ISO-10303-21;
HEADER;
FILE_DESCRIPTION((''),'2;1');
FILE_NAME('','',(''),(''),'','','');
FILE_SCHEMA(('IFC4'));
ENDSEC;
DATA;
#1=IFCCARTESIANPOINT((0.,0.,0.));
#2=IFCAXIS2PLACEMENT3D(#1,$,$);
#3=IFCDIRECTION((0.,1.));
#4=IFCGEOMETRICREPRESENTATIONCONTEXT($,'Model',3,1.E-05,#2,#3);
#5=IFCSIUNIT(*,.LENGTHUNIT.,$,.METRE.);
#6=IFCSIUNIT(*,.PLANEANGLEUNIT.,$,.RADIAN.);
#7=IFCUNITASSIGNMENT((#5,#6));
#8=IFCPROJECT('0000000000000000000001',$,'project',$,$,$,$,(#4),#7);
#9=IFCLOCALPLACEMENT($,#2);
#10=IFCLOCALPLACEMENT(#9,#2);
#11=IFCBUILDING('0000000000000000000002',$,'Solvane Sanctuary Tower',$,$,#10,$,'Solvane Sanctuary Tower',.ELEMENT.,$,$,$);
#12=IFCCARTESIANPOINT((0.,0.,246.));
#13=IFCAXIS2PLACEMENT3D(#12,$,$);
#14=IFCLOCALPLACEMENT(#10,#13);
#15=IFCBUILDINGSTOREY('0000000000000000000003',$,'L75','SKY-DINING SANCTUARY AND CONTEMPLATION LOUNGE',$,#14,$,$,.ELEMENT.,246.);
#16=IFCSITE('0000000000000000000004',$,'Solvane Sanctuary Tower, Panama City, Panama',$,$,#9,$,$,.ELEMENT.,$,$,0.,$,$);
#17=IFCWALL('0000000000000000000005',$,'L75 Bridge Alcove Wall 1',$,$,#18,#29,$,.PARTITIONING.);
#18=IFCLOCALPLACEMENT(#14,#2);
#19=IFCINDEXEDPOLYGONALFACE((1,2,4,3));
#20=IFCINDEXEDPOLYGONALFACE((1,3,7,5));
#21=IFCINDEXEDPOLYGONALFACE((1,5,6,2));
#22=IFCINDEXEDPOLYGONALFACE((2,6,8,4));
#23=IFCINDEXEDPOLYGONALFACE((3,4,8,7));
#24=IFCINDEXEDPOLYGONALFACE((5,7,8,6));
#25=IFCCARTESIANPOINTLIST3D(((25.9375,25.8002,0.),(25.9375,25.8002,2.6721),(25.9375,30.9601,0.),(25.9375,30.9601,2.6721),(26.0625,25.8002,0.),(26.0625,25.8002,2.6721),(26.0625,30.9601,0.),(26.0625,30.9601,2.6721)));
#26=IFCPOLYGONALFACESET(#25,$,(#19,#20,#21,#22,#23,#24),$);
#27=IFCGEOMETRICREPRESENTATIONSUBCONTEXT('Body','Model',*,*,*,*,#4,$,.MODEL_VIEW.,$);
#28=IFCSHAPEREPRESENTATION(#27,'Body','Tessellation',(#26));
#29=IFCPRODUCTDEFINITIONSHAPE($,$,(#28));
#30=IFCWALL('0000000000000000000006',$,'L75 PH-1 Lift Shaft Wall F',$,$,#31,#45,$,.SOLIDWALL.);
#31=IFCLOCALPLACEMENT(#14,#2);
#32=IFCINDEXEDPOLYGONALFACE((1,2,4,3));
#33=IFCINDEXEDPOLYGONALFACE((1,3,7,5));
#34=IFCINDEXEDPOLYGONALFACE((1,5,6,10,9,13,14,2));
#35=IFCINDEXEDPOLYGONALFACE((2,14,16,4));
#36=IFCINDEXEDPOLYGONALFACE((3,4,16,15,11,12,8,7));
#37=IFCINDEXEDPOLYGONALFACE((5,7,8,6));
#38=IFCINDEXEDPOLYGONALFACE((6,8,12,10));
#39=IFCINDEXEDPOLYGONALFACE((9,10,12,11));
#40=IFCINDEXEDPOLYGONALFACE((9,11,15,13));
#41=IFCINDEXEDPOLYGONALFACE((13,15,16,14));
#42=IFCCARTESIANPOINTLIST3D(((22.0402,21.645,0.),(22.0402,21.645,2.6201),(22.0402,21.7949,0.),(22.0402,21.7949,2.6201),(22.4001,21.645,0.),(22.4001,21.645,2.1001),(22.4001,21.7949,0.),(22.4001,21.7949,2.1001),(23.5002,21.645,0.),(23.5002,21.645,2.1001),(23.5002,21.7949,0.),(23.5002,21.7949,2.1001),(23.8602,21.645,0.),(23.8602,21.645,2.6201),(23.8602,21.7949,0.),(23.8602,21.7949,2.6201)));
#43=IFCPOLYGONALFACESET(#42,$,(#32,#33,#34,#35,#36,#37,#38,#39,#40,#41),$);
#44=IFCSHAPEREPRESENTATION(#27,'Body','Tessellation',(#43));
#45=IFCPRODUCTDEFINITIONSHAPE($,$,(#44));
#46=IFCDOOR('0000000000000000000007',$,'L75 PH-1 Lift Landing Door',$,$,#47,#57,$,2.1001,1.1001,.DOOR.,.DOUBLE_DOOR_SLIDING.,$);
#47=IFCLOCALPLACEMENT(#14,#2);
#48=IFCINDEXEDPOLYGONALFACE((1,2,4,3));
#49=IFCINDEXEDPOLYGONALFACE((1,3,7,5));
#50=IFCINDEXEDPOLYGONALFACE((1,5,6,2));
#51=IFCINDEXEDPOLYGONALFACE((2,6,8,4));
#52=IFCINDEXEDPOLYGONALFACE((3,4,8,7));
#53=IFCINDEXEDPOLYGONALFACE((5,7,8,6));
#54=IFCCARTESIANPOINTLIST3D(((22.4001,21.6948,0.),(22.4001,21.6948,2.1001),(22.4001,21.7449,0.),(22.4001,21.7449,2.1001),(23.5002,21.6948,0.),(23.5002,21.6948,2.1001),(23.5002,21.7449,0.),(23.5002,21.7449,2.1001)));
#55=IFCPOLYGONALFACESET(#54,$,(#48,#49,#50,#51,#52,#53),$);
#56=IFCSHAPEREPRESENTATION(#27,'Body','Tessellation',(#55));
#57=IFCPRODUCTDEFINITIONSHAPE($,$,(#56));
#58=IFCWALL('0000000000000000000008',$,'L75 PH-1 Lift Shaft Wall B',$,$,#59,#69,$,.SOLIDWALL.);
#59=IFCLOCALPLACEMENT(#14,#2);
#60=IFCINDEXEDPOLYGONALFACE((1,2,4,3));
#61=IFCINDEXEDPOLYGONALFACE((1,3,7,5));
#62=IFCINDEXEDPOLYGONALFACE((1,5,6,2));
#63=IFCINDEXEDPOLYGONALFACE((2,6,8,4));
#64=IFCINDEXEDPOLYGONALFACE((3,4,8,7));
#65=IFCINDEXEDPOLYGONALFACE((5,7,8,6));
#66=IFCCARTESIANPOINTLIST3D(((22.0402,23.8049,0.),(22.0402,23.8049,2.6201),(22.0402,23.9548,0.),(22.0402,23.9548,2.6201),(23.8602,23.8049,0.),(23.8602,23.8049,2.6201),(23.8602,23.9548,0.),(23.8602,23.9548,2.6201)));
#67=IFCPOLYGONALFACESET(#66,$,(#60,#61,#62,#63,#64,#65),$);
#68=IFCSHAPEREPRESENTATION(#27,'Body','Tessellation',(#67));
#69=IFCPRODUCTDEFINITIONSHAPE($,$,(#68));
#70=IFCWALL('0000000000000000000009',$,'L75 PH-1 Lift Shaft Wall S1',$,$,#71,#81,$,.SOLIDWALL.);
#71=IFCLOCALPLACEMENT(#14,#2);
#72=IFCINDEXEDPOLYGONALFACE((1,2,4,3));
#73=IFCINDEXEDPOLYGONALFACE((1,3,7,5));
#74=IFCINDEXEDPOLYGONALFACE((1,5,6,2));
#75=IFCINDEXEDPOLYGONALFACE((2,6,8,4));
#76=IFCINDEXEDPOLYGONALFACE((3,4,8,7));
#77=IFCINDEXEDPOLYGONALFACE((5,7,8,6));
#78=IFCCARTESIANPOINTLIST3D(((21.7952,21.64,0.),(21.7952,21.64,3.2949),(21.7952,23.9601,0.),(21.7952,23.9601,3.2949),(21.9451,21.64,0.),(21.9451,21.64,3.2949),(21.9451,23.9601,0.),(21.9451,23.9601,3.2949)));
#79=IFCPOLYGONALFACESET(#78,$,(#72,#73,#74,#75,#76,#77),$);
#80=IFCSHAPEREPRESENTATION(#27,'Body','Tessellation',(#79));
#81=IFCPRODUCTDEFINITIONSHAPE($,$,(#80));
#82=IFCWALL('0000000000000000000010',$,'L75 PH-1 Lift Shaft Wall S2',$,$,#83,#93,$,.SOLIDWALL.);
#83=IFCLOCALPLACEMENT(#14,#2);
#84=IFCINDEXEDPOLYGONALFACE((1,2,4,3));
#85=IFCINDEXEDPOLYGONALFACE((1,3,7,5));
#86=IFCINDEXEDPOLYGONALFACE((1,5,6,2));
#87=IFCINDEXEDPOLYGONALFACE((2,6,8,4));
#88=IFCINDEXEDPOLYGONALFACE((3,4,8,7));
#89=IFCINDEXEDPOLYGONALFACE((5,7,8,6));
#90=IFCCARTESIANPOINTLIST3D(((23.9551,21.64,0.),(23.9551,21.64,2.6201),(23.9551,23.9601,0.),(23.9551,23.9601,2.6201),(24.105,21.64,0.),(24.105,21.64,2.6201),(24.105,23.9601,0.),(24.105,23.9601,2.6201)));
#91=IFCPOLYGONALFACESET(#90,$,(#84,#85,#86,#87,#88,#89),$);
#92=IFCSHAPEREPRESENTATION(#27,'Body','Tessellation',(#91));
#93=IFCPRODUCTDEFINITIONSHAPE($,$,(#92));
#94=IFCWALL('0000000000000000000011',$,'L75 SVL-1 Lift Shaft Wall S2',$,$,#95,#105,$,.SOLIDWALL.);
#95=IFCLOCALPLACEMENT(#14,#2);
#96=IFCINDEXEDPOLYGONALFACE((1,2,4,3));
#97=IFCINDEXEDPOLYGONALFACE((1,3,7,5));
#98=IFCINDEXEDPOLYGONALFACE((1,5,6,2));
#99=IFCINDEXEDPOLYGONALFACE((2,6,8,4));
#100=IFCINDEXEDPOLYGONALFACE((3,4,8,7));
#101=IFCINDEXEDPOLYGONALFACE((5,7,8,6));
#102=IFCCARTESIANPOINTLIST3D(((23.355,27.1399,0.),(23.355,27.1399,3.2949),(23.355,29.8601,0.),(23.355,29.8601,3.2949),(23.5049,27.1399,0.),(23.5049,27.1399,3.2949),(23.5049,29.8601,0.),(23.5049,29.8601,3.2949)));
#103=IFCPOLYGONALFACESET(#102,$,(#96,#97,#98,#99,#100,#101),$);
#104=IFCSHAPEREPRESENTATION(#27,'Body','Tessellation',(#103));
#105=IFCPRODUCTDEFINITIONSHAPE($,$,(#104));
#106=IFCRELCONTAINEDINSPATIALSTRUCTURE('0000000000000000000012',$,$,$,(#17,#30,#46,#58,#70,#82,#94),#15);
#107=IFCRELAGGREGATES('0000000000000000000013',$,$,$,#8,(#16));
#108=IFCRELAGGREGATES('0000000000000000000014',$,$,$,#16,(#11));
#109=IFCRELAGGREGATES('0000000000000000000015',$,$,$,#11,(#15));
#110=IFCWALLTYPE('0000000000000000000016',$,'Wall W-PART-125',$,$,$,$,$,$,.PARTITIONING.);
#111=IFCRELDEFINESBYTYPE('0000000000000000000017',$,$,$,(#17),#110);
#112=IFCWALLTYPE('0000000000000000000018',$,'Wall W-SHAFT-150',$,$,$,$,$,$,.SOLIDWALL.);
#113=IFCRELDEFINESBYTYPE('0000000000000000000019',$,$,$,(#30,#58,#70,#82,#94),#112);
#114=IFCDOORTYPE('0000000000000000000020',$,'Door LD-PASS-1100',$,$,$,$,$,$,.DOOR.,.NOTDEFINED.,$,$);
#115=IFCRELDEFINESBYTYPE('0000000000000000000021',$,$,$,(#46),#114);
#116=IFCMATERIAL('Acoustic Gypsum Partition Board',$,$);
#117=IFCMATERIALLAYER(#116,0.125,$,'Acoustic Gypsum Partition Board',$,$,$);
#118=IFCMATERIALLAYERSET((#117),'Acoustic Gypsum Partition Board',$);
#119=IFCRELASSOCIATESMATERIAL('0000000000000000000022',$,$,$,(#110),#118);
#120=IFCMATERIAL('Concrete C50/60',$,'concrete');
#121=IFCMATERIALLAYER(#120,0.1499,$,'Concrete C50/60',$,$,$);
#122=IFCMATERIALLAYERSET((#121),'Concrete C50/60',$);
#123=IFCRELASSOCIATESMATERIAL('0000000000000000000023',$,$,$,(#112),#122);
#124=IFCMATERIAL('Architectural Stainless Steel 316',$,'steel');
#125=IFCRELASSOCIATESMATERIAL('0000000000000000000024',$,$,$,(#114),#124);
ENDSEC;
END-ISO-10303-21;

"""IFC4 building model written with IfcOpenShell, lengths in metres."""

from ifc_helpers import new_model, si_unit, direction, frame, frame_2d, origin, place, context, subcontext, project, spatial, rectangle, extrude, material, layer, layer_set, type_object, element, fill, save


model = new_model("IFC4")

# Units and contexts
model_context = context("Model", 3, precision=1e-05, world=origin(), true_north=direction((0.0, 1.0)))
body_context = subcontext(model_context, "Body", "Model", "MODEL_VIEW")
ifc_project = project(units=[si_unit("LENGTHUNIT", "METRE"), si_unit("PLANEANGLEUNIT", "RADIAN")], contexts=[model_context])

# Site, building, storey
site_placement = place(None, origin())
site = spatial("IfcSite", under=ifc_project, at=site_placement, Name="Solvane Sanctuary Tower, Panama City, Panama", CompositionType="ELEMENT", RefElevation=0.0)
building_placement = place(site_placement, origin())
building = spatial("IfcBuilding", under=site, at=building_placement, Name="Solvane Sanctuary Tower", LongName="Solvane Sanctuary Tower", CompositionType="ELEMENT")
storey_placement = place(building_placement, frame((0.0, 0.0, 246.0)))
storey = spatial("IfcBuildingStorey", under=building, at=storey_placement, Name="L75", Description="SKY-DINING SANCTUARY AND CONTEMPLATION LOUNGE", CompositionType="ELEMENT", Elevation=246.0)

# Shared definitions
ifc_material_1 = material(Name="Acoustic Gypsum Partition Board")
ifc_material_2 = material(Name="Architectural Stainless Steel 316", Category="steel")

# Wall
ifc_layer_1 = layer(ifc_material_1, 0.125, Name="Acoustic Gypsum Partition Board")
ifc_layer_set_1 = layer_set([ifc_layer_1], Name="Acoustic Gypsum Partition Board")
wall_type_1 = type_object("IfcWallType", Name="Wall W-PART-125", PredefinedType="PARTITIONING", material=ifc_layer_set_1)
wall_1_placement = place(storey_placement, frame((26.0, 25.8, 0.0), z_axis=(0.0, 0.0, 1.0), x_axis=(0.0, 1.0, 0.0)))
element("IfcWall", 1, at=wall_1_placement, inside=storey, type_object=wall_type_1, Name="L75 Bridge Alcove Wall 1", PredefinedType="PARTITIONING", context=body_context, shape_type="SweptSolid", body=[
    extrude(rectangle(XDim=5.1599, YDim=0.125, at=frame_2d((2.5801, 0.0))), origin(), (0.0, 0.0, 1.0), 2.6721),
])

# Wall, opening, door
ifc_material_3 = material(Name="Concrete C50/60", Category="concrete")
ifc_layer_2 = layer(ifc_material_3, 0.1499, Name="Concrete C50/60")
ifc_layer_set_2 = layer_set([ifc_layer_2], Name="Concrete C50/60")
wall_type_2 = type_object("IfcWallType", Name="Wall W-SHAFT-150", PredefinedType="SOLIDWALL", material=ifc_layer_set_2)
wall_2_placement = place(storey_placement, frame((22.04, 21.72, 0.0), z_axis=(0.0, 0.0, 1.0), x_axis=(1.0, 0.0, 0.0)))
wall_2 = element("IfcWall", 2, at=wall_2_placement, inside=storey, type_object=wall_type_2, Name="L75 PH-1 Lift Shaft Wall F", PredefinedType="SOLIDWALL", context=body_context, shape_type="SweptSolid", body=[
    extrude(rectangle(XDim=1.8201, YDim=0.1499, at=frame_2d((0.9102, 0.0))), origin(), (0.0, 0.0, 1.0), 2.6201),
])
opening_1_placement = place(wall_2_placement, frame((0.3601, 0.0, 0.0)))
opening_1 = element("IfcOpeningElement", 3, at=opening_1_placement, cuts=wall_2, PredefinedType="OPENING", context=body_context, shape_type="SweptSolid", body=[
    extrude(rectangle(XDim=1.1001, YDim=2.1001, at=frame_2d((0.55, 1.05))), frame((0.0, 0.085, 0.0), z_axis=(0.0, -1.0, 0.0), x_axis=(1.0, 0.0, 0.0)), (0.0, 0.0, 1.0), 0.1699),
])
door_type_1 = type_object("IfcDoorType", Name="Door LD-PASS-1100", OperationType="NOTDEFINED", PredefinedType="DOOR", material=ifc_material_2)
door_1_placement = place(opening_1_placement, origin())
door_1 = element("IfcDoor", 4, at=door_1_placement, inside=storey, type_object=door_type_1, Name="L75 PH-1 Lift Landing Door", OperationType="DOUBLE_DOOR_SLIDING", OverallHeight=2.1001, OverallWidth=1.1001, PredefinedType="DOOR", context=body_context, shape_type="SweptSolid", body=[
    extrude(rectangle(XDim=1.1001, YDim=2.1001, at=frame_2d((0.55, 1.05))), frame((0.0, 0.0249, 0.0), z_axis=(0.0, -1.0, 0.0), x_axis=(1.0, 0.0, 0.0)), (0.0, 0.0, 1.0), 0.05),
])
fill(opening_1, door_1)

# Walls
wall_3_placement = place(storey_placement, frame((22.04, 23.8799, 0.0), z_axis=(0.0, 0.0, 1.0), x_axis=(1.0, 0.0, 0.0)))
element("IfcWall", 5, at=wall_3_placement, inside=storey, type_object=wall_type_2, Name="L75 PH-1 Lift Shaft Wall B", PredefinedType="SOLIDWALL", context=body_context, shape_type="SweptSolid", body=[
    extrude(rectangle(XDim=1.8201, YDim=0.1499, at=frame_2d((0.9102, 0.0))), origin(), (0.0, 0.0, 1.0), 2.6201),
])
wall_4_placement = place(storey_placement, frame((21.8701, 21.6399, 0.0), z_axis=(0.0, 0.0, 1.0), x_axis=(0.0, 1.0, 0.0)))
element("IfcWall", 6, at=wall_4_placement, inside=storey, type_object=wall_type_2, Name="L75 PH-1 Lift Shaft Wall S1", PredefinedType="SOLIDWALL", context=body_context, shape_type="SweptSolid", body=[
    extrude(rectangle(XDim=2.3201, YDim=0.1499, at=frame_2d((1.1602, 0.0))), origin(), (0.0, 0.0, 1.0), 3.2949),
])
wall_5_placement = place(storey_placement, frame((24.03, 21.6399, 0.0), z_axis=(0.0, 0.0, 1.0), x_axis=(0.0, 1.0, 0.0)))
element("IfcWall", 7, at=wall_5_placement, inside=storey, type_object=wall_type_2, Name="L75 PH-1 Lift Shaft Wall S2", PredefinedType="SOLIDWALL", context=body_context, shape_type="SweptSolid", body=[
    extrude(rectangle(XDim=2.3201, YDim=0.1499, at=frame_2d((1.1602, 0.0))), origin(), (0.0, 0.0, 1.0), 2.6201),
])
wall_6_placement = place(storey_placement, frame((23.4299, 27.1399, 0.0), z_axis=(0.0, 0.0, 1.0), x_axis=(0.0, 1.0, 0.0)))
element("IfcWall", 8, at=wall_6_placement, inside=storey, type_object=wall_type_2, Name="L75 SVL-1 Lift Shaft Wall S2", PredefinedType="SOLIDWALL", context=body_context, shape_type="SweptSolid", body=[
    extrude(rectangle(XDim=2.7202, YDim=0.1499, at=frame_2d((1.3601, 0.0))), origin(), (0.0, 0.0, 1.0), 3.2949),
])

save(model, "model.ifc")
